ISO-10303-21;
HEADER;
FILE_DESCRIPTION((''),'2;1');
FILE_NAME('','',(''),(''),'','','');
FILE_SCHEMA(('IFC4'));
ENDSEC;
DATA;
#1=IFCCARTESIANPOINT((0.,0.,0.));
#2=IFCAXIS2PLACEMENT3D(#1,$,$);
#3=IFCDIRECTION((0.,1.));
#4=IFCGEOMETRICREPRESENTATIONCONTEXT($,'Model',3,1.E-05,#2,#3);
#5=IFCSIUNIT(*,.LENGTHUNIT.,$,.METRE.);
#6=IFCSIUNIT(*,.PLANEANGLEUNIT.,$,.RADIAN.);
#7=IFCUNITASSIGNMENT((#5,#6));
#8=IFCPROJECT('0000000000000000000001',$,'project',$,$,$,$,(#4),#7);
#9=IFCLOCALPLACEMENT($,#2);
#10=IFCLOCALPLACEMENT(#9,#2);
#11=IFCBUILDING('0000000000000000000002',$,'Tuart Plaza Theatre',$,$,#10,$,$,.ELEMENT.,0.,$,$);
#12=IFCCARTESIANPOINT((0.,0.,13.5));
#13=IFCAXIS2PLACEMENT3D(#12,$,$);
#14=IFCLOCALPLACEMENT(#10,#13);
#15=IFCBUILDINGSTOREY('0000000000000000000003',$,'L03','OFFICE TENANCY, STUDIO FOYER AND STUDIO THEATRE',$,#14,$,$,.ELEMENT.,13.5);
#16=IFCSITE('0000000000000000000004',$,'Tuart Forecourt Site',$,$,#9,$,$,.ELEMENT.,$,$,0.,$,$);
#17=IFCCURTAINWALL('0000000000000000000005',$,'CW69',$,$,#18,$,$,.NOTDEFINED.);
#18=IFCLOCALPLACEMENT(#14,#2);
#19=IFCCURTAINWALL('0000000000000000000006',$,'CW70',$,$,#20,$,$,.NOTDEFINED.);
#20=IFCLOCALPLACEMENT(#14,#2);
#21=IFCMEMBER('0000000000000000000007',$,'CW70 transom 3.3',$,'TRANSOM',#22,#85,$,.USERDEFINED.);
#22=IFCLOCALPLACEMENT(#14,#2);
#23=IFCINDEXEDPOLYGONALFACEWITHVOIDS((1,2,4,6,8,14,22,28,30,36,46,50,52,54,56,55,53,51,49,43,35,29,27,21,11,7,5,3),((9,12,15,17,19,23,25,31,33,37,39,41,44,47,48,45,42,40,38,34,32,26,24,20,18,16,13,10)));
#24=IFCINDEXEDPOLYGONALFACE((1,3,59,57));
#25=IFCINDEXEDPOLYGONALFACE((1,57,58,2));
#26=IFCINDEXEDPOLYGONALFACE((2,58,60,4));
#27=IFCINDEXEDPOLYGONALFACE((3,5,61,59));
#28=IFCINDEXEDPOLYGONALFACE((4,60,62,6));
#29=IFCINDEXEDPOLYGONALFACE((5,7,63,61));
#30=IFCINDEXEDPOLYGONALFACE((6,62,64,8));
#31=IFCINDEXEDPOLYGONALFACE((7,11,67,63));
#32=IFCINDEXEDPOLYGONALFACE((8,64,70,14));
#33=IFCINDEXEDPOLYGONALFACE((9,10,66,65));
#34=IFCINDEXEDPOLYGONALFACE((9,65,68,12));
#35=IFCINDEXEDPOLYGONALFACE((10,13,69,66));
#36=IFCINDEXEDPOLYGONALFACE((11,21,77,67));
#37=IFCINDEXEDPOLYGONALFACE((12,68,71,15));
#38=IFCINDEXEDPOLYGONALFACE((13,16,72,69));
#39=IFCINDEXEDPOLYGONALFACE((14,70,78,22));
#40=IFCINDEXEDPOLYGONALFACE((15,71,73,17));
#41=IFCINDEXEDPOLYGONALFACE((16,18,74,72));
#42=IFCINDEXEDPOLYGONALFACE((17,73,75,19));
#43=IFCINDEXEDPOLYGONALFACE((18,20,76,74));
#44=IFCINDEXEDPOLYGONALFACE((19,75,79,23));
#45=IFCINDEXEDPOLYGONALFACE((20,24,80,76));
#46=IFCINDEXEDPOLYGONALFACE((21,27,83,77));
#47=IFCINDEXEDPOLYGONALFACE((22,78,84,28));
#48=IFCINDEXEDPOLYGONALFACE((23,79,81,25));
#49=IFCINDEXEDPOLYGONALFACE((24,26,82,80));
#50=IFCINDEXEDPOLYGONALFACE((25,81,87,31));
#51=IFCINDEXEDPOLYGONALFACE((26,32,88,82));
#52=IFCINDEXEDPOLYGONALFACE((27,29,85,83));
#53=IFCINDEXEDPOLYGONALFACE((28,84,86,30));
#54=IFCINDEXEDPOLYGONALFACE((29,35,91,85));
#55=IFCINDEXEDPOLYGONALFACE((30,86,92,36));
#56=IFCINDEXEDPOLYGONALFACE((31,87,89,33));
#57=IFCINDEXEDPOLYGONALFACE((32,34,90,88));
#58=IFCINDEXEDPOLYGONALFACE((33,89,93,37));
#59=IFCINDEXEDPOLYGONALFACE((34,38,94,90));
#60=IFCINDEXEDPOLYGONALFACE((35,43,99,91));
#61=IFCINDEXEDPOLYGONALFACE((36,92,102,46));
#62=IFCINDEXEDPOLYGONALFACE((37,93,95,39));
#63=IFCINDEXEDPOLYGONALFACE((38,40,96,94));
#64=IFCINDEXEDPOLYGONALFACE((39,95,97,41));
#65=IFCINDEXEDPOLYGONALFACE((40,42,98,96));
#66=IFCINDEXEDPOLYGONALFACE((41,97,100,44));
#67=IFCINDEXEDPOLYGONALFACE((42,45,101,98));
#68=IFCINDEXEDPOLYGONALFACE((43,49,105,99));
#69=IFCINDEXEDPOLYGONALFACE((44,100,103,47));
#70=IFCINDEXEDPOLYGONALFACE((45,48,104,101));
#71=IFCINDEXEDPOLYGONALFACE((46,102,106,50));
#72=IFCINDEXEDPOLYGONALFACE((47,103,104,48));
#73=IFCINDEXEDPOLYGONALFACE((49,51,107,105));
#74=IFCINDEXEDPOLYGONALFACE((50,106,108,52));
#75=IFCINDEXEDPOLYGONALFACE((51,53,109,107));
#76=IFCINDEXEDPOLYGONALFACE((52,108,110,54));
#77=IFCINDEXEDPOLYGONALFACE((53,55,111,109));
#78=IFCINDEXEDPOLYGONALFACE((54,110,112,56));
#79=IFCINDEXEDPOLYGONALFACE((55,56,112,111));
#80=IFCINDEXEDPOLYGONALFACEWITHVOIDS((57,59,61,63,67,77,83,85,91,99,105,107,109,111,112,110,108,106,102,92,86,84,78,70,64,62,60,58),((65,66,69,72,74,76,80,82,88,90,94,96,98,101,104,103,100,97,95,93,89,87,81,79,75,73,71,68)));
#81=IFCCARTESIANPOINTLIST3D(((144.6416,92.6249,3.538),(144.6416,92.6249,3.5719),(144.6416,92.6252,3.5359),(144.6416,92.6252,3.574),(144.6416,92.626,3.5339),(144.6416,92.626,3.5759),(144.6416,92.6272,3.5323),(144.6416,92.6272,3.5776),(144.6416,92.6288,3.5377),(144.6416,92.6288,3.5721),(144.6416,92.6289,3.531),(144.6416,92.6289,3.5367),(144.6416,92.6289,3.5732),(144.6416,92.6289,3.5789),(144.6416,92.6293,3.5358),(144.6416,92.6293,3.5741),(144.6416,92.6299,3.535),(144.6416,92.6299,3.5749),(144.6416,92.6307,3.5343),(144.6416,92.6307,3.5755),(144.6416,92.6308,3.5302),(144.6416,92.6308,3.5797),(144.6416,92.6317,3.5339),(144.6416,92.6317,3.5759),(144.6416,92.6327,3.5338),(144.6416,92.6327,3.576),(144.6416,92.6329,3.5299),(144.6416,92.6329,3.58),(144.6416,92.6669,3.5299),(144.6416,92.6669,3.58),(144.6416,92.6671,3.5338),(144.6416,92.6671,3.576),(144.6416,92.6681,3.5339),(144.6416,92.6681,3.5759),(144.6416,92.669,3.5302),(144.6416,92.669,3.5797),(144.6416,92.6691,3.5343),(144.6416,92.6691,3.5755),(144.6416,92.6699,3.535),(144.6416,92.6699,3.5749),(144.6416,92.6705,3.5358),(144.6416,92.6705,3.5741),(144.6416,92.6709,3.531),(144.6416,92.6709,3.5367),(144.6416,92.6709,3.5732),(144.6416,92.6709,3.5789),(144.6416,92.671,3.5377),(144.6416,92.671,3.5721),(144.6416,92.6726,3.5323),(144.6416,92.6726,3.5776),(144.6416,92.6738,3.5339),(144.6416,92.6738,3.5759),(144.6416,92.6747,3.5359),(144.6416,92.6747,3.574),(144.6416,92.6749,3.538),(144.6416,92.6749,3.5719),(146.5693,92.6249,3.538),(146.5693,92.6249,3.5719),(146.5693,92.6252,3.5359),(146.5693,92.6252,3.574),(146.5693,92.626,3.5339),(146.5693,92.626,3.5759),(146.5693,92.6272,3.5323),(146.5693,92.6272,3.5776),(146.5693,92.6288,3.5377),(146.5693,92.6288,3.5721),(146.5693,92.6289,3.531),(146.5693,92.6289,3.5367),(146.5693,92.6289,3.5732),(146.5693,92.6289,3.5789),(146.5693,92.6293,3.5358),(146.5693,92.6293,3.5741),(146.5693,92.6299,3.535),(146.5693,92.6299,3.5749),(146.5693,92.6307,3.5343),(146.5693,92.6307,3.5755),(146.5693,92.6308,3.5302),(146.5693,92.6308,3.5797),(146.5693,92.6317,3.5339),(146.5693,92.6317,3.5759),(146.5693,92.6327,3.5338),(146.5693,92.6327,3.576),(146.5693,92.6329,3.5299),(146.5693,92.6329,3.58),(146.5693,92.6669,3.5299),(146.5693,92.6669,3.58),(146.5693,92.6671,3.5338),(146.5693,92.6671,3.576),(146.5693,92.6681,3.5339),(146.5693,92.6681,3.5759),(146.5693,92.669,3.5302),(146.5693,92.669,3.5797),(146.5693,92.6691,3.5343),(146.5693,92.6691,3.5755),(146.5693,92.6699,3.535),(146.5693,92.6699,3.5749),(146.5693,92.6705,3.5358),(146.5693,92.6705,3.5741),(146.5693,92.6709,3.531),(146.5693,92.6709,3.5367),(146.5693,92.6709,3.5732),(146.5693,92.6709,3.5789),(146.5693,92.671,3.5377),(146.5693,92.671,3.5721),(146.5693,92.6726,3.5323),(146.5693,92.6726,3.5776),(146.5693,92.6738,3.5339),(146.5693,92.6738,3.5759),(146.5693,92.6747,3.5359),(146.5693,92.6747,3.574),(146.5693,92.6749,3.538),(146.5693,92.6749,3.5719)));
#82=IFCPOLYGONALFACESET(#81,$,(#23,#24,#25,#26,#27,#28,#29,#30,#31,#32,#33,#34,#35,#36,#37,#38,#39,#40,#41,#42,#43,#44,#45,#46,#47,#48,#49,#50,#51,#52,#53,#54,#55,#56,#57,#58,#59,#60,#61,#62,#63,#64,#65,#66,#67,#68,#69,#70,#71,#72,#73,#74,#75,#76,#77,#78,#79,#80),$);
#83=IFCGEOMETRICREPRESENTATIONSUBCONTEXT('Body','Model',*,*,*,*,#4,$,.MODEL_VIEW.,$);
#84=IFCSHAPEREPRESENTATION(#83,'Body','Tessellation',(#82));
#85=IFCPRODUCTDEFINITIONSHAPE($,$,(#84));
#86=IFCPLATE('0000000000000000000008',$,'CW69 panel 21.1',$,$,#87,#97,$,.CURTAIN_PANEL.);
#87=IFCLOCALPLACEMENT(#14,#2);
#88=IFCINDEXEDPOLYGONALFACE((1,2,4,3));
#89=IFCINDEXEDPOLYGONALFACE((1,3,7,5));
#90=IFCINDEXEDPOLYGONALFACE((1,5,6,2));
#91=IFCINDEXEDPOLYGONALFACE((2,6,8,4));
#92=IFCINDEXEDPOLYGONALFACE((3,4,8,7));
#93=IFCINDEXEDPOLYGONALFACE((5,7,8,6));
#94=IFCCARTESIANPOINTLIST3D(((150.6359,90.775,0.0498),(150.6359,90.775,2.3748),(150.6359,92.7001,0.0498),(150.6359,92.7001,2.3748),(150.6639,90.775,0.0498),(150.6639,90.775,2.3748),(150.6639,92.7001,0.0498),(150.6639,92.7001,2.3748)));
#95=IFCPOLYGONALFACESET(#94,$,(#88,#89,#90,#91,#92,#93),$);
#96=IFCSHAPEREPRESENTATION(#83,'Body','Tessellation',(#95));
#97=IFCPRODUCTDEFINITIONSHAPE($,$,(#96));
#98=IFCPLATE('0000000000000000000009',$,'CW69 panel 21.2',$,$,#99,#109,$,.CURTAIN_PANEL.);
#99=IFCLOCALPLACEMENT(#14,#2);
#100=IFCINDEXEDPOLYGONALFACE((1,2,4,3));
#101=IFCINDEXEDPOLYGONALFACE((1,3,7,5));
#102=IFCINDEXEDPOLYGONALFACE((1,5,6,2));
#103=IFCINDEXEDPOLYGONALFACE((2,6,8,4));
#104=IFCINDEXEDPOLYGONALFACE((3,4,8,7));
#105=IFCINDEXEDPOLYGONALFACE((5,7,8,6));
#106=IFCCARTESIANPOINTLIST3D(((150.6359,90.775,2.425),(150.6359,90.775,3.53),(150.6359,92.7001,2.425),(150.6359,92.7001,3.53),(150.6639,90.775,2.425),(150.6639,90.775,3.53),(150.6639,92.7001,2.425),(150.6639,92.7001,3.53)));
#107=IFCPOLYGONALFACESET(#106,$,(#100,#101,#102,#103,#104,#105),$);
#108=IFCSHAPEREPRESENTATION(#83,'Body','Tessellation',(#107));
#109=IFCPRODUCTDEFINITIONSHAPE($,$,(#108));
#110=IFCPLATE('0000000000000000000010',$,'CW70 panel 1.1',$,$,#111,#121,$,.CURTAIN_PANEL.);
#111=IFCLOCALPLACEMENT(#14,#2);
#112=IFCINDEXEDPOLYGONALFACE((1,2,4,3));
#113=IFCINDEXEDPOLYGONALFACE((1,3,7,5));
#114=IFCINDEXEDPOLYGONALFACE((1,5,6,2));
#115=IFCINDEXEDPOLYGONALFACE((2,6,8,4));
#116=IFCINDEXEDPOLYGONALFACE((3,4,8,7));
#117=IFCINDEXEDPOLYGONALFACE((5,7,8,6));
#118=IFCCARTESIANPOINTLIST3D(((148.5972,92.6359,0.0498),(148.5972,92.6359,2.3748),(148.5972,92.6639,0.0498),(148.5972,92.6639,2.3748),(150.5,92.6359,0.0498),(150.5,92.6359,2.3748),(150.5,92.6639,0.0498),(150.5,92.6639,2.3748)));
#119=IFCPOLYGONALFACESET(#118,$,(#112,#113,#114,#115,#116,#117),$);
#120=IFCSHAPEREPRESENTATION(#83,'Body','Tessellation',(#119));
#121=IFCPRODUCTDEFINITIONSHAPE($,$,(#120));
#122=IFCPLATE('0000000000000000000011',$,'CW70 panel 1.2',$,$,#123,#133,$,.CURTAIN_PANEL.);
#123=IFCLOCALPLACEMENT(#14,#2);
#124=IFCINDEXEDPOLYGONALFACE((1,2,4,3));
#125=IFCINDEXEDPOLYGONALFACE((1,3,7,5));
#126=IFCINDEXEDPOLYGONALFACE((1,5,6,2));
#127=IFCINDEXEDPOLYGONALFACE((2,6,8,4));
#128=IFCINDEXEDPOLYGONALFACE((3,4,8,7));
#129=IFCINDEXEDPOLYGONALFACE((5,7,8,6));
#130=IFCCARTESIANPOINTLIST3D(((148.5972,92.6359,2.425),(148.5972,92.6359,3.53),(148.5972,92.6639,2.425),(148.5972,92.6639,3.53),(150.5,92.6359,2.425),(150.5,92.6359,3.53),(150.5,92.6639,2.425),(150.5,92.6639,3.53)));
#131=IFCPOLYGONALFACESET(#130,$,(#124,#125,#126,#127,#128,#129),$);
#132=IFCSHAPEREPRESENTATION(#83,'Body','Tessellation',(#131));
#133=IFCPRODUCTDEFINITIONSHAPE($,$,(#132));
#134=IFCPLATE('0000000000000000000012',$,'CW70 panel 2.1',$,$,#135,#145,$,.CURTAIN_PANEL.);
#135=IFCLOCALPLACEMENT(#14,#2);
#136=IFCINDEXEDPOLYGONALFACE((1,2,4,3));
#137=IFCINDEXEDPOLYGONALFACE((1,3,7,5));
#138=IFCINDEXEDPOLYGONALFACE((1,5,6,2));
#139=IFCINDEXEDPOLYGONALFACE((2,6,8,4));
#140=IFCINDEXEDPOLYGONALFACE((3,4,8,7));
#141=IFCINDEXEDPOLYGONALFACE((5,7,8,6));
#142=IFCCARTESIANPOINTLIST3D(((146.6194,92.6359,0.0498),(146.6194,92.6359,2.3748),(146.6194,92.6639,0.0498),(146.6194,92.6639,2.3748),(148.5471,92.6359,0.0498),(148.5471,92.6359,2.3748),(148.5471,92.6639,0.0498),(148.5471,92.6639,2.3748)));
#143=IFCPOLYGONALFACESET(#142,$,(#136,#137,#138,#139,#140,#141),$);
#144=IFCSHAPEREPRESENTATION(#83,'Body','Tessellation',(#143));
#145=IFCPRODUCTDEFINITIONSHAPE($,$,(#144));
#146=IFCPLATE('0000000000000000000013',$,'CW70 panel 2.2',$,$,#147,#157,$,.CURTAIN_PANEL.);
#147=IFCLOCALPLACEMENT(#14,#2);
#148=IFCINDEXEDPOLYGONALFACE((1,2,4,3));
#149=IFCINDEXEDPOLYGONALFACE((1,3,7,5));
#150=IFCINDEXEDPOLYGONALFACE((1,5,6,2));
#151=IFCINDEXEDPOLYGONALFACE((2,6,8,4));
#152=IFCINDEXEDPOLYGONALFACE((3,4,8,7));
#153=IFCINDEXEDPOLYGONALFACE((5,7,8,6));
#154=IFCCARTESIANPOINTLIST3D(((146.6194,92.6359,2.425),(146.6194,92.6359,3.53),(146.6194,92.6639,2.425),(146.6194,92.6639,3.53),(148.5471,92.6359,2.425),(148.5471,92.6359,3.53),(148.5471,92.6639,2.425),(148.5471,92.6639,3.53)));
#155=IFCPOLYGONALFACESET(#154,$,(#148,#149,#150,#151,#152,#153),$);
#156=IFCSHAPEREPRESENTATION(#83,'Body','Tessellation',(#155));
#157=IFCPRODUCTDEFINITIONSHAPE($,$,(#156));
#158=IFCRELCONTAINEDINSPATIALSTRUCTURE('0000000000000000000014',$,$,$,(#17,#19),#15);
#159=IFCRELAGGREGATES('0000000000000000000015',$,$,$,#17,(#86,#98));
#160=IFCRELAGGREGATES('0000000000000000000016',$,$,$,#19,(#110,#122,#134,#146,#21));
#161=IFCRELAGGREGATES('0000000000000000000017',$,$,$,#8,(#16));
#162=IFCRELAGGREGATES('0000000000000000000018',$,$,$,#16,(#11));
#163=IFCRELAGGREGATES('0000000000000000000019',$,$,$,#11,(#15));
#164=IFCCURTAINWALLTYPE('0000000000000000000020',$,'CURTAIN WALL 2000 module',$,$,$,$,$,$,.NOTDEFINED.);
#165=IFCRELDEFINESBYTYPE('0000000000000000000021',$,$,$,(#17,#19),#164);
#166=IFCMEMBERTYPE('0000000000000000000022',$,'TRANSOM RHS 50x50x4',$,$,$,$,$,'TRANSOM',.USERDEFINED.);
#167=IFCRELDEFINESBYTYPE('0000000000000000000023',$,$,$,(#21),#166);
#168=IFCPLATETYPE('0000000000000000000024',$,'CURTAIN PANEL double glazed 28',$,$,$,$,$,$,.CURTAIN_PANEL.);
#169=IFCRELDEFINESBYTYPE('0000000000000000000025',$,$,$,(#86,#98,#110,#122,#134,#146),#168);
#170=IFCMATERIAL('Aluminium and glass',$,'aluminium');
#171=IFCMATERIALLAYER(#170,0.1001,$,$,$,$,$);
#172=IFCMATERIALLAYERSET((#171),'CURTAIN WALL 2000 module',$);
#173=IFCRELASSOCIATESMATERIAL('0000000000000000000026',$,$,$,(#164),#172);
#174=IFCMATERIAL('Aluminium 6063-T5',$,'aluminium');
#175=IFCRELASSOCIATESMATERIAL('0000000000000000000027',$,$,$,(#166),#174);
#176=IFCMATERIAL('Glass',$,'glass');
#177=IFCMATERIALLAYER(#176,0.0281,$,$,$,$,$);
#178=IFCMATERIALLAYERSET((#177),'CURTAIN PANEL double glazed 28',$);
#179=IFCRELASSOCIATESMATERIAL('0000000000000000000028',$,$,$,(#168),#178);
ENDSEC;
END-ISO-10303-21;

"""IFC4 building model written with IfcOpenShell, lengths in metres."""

from ifc_helpers import new_model, si_unit, direction, frame, origin, origin_2d, place, context, subcontext, project, spatial, rectangle, hollow_rectangle, extrude, material, layer, layer_set, material_profile, profile_set, type_object, element, aggregate, save


model = new_model("IFC4")

# Units and contexts
model_context = context("Model", 3, precision=1e-05, world=origin(), true_north=direction((0.0, 1.0)))
body_context = subcontext(model_context, "Body", "Model", "MODEL_VIEW")
ifc_project = project(units=[si_unit("LENGTHUNIT", "METRE"), si_unit("PLANEANGLEUNIT", "RADIAN")], contexts=[model_context])

# Site, building, storey
site_placement = place(None, origin())
site = spatial("IfcSite", under=ifc_project, at=site_placement, Name="Tuart Forecourt Site", CompositionType="ELEMENT", RefElevation=0.0)
building_placement = place(site_placement, origin())
building = spatial("IfcBuilding", under=site, at=building_placement, Name="Tuart Plaza Theatre", CompositionType="ELEMENT", ElevationOfRefHeight=0.0)
storey_placement = place(building_placement, frame((0.0, 0.0, 13.5)))
storey = spatial("IfcBuildingStorey", under=building, at=storey_placement, Name="L03", Description="OFFICE TENANCY, STUDIO FOYER AND STUDIO THEATRE", CompositionType="ELEMENT", Elevation=13.5)

# Curtain walls
ifc_material_1 = material(Name="Aluminium and glass", Category="aluminium")
ifc_layer_1 = layer(ifc_material_1, 0.1001)
ifc_layer_set_1 = layer_set([ifc_layer_1], Name="CURTAIN WALL 2000 module")
curtain_wall_type = type_object("IfcCurtainWallType", Name="CURTAIN WALL 2000 module", PredefinedType="NOTDEFINED", material=ifc_layer_set_1)
curtain_wall_1_placement = place(storey_placement, origin())
curtain_wall_1 = element("IfcCurtainWall", 1, at=curtain_wall_1_placement, inside=storey, type_object=curtain_wall_type, Name="CW69", PredefinedType="NOTDEFINED")
curtain_wall_2_placement = place(storey_placement, origin())
curtain_wall_2 = element("IfcCurtainWall", 2, at=curtain_wall_2_placement, inside=storey, type_object=curtain_wall_type, Name="CW70", PredefinedType="NOTDEFINED")

# Member
ifc_material_2 = material(Name="Aluminium 6063-T5", Category="aluminium")
ifc_material_profile_1 = material_profile(ifc_material_2, hollow_rectangle(XDim=0.05, YDim=0.05, WallThickness=0.0039, InnerFilletRadius=0.0039, OuterFilletRadius=0.0081, at=origin_2d()), Name="RHS 50x50x4")
ifc_profile_set_1 = profile_set([ifc_material_profile_1], Name="Aluminium 6063-T5")
member_type_1 = type_object("IfcMemberType", Name="TRANSOM RHS 50x50x4", ElementType="TRANSOM", PredefinedType="USERDEFINED", material=ifc_profile_set_1)
member_1_placement = place(storey_placement, frame((146.5693, 92.6499, 3.5549), z_axis=(-1.0, 0.0, 0.0), x_axis=(0.0, -1.0, 0.0)))
member_1 = element("IfcMember", 3, at=member_1_placement, type_object=member_type_1, Name="CW70 transom 3.3", ObjectType="TRANSOM", PredefinedType="USERDEFINED", context=body_context, shape_type="SweptSolid", body=[
    extrude(hollow_rectangle(XDim=0.05, YDim=0.05, WallThickness=0.0039, InnerFilletRadius=0.0039, OuterFilletRadius=0.0081, at=origin_2d()), origin(), (0.0, 0.0, 1.0), 1.9277),
])

# Plates
ifc_material_3 = material(Name="Glass", Category="glass")
ifc_layer_2 = layer(ifc_material_3, 0.0281)
ifc_layer_set_2 = layer_set([ifc_layer_2], Name="CURTAIN PANEL double glazed 28")
plate_type = type_object("IfcPlateType", Name="CURTAIN PANEL double glazed 28", PredefinedType="CURTAIN_PANEL", material=ifc_layer_set_2)
plate_1_placement = place(storey_placement, frame((150.6499, 91.7375, 0.0498), z_axis=(0.0, 0.0, 1.0), x_axis=(0.0, 1.0, 0.0)))
plate_1 = element("IfcPlate", 4, at=plate_1_placement, type_object=plate_type, Name="CW69 panel 21.1", PredefinedType="CURTAIN_PANEL", context=body_context, shape_type="SweptSolid", body=[
    extrude(rectangle(XDim=1.925, YDim=0.0281, at=origin_2d()), origin(), (0.0, 0.0, 1.0), 2.325),
])
plate_2_placement = place(storey_placement, frame((150.6499, 91.7375, 2.425), z_axis=(0.0, 0.0, 1.0), x_axis=(0.0, 1.0, 0.0)))
plate_2 = element("IfcPlate", 5, at=plate_2_placement, type_object=plate_type, Name="CW69 panel 21.2", PredefinedType="CURTAIN_PANEL", context=body_context, shape_type="SweptSolid", body=[
    extrude(rectangle(XDim=1.925, YDim=0.0281, at=origin_2d()), origin(), (0.0, 0.0, 1.0), 1.105),
])
aggregate(curtain_wall_1, [plate_1, plate_2])
plate_3_placement = place(storey_placement, frame((149.5486, 92.6499, 0.0498), z_axis=(0.0, 0.0, 1.0), x_axis=(-1.0, 0.0, 0.0)))
plate_3 = element("IfcPlate", 6, at=plate_3_placement, type_object=plate_type, Name="CW70 panel 1.1", PredefinedType="CURTAIN_PANEL", context=body_context, shape_type="SweptSolid", body=[
    extrude(rectangle(XDim=1.9028, YDim=0.0281, at=origin_2d()), origin(), (0.0, 0.0, 1.0), 2.325),
])
plate_4_placement = place(storey_placement, frame((149.5486, 92.6499, 2.425), z_axis=(0.0, 0.0, 1.0), x_axis=(-1.0, 0.0, 0.0)))
plate_4 = element("IfcPlate", 7, at=plate_4_placement, type_object=plate_type, Name="CW70 panel 1.2", PredefinedType="CURTAIN_PANEL", context=body_context, shape_type="SweptSolid", body=[
    extrude(rectangle(XDim=1.9028, YDim=0.0281, at=origin_2d()), origin(), (0.0, 0.0, 1.0), 1.105),
])
plate_5_placement = place(storey_placement, frame((147.5833, 92.6499, 0.0498), z_axis=(0.0, 0.0, 1.0), x_axis=(-1.0, 0.0, 0.0)))
plate_5 = element("IfcPlate", 8, at=plate_5_placement, type_object=plate_type, Name="CW70 panel 2.1", PredefinedType="CURTAIN_PANEL", context=body_context, shape_type="SweptSolid", body=[
    extrude(rectangle(XDim=1.9277, YDim=0.0281, at=origin_2d()), origin(), (0.0, 0.0, 1.0), 2.325),
])
plate_6_placement = place(storey_placement, frame((147.5833, 92.6499, 2.425), z_axis=(0.0, 0.0, 1.0), x_axis=(-1.0, 0.0, 0.0)))
plate_6 = element("IfcPlate", 9, at=plate_6_placement, type_object=plate_type, Name="CW70 panel 2.2", PredefinedType="CURTAIN_PANEL", context=body_context, shape_type="SweptSolid", body=[
    extrude(rectangle(XDim=1.9277, YDim=0.0281, at=origin_2d()), origin(), (0.0, 0.0, 1.0), 1.105),
])
aggregate(curtain_wall_2, [plate_3, plate_4, plate_5, plate_6, member_1])

save(model, "model.ifc")
